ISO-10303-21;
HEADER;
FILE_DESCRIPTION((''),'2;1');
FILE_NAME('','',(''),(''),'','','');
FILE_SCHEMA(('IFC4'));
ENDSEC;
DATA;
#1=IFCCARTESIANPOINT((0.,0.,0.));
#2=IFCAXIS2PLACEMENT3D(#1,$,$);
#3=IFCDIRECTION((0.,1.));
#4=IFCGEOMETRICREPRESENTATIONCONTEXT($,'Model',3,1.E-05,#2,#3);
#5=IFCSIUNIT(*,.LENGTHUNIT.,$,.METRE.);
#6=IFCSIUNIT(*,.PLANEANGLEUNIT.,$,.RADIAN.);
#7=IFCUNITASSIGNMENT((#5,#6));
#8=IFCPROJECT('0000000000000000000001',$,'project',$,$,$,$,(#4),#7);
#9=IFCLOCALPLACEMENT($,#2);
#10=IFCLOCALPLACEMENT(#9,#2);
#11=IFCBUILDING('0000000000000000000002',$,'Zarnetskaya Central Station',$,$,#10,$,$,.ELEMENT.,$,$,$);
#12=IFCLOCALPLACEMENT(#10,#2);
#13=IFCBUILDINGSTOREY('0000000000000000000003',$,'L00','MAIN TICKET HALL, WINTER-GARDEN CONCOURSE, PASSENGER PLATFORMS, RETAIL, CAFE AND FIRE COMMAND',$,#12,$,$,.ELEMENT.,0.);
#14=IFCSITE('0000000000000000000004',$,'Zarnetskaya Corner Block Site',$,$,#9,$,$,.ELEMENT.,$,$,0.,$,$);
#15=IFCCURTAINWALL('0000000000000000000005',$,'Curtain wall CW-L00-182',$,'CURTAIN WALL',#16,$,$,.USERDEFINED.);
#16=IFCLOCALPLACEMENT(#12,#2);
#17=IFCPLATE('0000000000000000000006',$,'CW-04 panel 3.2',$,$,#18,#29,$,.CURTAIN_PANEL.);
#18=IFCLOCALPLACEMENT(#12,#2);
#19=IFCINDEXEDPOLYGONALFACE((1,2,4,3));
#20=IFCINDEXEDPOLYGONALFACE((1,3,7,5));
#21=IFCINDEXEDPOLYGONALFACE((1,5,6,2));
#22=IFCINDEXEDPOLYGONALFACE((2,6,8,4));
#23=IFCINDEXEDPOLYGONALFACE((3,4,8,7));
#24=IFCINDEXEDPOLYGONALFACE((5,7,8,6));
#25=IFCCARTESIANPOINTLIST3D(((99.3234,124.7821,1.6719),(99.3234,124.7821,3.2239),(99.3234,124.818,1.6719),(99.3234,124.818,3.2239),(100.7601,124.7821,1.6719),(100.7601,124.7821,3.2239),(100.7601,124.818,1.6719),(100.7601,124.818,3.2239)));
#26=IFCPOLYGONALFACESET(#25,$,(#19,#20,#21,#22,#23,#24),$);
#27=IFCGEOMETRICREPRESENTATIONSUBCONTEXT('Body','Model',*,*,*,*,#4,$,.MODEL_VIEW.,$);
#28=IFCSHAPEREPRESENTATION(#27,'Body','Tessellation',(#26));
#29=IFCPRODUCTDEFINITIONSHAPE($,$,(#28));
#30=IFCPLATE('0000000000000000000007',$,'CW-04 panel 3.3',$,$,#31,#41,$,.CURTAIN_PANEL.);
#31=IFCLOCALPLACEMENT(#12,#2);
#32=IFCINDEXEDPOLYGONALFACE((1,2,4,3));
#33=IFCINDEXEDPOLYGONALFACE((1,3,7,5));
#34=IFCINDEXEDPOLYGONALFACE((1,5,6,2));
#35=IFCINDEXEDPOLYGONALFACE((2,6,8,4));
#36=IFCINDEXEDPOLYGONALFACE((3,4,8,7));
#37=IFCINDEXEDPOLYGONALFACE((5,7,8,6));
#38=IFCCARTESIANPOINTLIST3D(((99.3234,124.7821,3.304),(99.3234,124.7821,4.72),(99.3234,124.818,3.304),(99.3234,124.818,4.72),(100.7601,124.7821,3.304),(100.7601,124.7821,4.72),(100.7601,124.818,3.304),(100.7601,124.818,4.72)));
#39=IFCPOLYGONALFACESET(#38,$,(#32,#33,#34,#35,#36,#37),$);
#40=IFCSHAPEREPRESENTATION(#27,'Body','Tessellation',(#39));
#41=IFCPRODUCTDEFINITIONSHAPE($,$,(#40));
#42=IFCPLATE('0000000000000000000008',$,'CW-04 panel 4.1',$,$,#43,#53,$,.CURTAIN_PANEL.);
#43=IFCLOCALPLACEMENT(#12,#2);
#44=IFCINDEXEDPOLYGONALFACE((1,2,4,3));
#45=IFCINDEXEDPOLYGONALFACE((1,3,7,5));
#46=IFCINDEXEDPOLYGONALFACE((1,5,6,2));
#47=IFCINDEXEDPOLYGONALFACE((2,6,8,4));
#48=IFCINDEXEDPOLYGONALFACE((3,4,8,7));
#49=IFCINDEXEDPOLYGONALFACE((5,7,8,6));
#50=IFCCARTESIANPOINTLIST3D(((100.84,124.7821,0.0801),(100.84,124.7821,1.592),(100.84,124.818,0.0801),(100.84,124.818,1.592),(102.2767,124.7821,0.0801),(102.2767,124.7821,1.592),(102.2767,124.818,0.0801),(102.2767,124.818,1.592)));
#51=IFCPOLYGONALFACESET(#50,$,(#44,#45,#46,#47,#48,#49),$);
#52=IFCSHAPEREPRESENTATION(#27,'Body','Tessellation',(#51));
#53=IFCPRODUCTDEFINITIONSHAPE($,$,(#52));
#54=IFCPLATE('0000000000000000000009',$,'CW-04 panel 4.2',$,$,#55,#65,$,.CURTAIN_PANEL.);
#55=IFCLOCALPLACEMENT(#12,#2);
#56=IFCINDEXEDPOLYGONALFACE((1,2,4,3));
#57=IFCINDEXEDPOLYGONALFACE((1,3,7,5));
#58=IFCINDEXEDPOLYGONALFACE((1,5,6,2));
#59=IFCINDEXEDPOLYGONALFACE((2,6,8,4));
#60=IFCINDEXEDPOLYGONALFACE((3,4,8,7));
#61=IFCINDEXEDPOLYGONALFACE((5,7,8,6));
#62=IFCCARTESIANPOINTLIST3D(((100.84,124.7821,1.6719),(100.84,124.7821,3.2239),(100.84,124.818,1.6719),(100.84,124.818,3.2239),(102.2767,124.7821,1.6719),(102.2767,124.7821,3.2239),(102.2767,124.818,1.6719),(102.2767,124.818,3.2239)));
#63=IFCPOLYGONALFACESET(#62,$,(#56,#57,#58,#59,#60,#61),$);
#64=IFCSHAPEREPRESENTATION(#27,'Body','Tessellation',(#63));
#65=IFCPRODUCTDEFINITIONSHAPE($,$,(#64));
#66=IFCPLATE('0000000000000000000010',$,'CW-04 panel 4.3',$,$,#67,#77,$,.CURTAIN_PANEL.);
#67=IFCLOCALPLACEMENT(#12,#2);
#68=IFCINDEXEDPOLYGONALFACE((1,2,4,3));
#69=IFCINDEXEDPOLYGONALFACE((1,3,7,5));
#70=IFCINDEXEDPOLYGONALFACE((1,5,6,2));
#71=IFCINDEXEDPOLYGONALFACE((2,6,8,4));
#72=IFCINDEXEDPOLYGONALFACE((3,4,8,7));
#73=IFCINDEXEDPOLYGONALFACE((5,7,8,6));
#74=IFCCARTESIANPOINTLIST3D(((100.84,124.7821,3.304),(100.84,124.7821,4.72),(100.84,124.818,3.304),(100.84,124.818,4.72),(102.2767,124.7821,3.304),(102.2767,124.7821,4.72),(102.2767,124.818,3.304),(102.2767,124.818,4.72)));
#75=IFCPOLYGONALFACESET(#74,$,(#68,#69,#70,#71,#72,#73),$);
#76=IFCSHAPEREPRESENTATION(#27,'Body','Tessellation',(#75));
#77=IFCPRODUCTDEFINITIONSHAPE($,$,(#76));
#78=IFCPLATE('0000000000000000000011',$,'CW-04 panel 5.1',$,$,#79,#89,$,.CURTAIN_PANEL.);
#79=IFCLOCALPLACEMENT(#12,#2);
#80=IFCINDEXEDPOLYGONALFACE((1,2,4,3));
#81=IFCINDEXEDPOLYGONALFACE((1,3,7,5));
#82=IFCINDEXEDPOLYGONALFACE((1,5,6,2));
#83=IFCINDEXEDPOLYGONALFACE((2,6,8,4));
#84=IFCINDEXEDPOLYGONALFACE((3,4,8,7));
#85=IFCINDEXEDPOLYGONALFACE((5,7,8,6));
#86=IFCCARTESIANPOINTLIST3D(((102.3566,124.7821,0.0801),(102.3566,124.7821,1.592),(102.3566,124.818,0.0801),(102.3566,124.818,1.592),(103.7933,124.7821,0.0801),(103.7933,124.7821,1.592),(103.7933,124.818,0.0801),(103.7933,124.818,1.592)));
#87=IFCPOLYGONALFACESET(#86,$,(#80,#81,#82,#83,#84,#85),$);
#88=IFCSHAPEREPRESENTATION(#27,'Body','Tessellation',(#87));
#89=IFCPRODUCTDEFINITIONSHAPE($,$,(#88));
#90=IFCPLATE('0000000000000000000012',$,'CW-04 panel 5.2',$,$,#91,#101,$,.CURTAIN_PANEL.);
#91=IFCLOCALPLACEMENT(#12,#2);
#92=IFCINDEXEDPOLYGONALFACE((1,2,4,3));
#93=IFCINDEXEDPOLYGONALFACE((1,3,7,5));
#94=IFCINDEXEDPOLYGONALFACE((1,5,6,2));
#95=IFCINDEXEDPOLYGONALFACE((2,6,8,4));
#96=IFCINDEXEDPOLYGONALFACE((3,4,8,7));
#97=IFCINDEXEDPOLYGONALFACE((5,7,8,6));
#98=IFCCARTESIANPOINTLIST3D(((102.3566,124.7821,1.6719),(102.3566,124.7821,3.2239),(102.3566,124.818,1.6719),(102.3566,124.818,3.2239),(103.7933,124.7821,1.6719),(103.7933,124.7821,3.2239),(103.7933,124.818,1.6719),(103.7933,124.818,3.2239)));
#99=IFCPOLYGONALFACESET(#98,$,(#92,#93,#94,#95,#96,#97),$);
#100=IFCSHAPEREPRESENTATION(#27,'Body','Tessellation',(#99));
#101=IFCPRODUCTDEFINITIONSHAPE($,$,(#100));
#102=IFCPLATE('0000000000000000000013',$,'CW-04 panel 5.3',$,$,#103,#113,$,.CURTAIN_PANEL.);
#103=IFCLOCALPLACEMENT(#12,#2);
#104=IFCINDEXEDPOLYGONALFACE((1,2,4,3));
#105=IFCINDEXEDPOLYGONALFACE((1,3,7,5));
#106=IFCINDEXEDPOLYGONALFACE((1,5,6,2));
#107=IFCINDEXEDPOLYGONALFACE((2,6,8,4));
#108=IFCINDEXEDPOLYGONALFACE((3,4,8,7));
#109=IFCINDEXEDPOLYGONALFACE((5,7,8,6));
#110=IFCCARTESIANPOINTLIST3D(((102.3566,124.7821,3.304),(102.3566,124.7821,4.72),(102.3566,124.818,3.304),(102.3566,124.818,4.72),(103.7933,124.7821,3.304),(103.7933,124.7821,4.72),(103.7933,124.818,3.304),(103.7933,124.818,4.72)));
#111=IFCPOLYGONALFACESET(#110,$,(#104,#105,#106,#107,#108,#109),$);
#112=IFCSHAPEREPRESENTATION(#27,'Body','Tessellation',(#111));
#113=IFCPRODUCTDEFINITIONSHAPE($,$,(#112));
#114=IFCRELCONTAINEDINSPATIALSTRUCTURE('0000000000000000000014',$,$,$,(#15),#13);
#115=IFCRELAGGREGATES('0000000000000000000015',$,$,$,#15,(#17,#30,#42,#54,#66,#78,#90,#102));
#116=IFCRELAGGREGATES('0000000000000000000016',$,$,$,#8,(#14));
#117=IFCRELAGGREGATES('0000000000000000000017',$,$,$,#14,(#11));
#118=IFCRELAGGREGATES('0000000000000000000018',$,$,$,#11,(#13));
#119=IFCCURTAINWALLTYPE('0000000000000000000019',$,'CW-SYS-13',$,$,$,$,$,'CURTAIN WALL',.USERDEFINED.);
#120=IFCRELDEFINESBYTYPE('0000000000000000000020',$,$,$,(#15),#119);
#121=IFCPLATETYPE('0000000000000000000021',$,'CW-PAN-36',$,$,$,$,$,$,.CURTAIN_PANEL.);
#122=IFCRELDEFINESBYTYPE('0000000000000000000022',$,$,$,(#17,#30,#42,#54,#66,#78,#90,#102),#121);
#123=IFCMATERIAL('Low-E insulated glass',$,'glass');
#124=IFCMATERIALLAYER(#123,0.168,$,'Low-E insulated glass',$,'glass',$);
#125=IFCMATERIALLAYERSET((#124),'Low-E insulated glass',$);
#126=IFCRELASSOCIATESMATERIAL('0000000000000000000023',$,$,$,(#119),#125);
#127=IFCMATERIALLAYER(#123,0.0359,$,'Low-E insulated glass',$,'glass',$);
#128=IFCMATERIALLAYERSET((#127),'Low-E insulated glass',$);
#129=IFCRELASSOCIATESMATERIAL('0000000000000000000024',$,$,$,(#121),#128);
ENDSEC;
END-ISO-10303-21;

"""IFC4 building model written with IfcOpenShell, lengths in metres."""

from ifc_helpers import new_model, si_unit, direction, frame, origin, origin_2d, place, context, subcontext, project, spatial, rectangle, extrude, material, layer, layer_set, type_object, element, aggregate, save


model = new_model("IFC4")

# Units and contexts
model_context = context("Model", 3, precision=1e-05, world=origin(), true_north=direction((0.0, 1.0)))
body_context = subcontext(model_context, "Body", "Model", "MODEL_VIEW")
ifc_project = project(units=[si_unit("LENGTHUNIT", "METRE"), si_unit("PLANEANGLEUNIT", "RADIAN")], contexts=[model_context])

# Site, building, storey
site_placement = place(None, origin())
site = spatial("IfcSite", under=ifc_project, at=site_placement, Name="Zarnetskaya Corner Block Site", CompositionType="ELEMENT", RefElevation=0.0)
building_placement = place(site_placement, origin())
building = spatial("IfcBuilding", under=site, at=building_placement, Name="Zarnetskaya Central Station", CompositionType="ELEMENT")
storey_placement = place(building_placement, origin())
storey = spatial("IfcBuildingStorey", under=building, at=storey_placement, Name="L00", Description="MAIN TICKET HALL, WINTER-GARDEN CONCOURSE, PASSENGER PLATFORMS, RETAIL, CAFE AND FIRE COMMAND", CompositionType="ELEMENT", Elevation=0.0)

# Curtain wall, plates
ifc_material_1 = material(Name="Low-E insulated glass", Category="glass")
ifc_layer_1 = layer(ifc_material_1, 0.168, Name="Low-E insulated glass", Category="glass")
ifc_layer_set_1 = layer_set([ifc_layer_1], Name="Low-E insulated glass")
curtain_wall_type = type_object("IfcCurtainWallType", Name="CW-SYS-13", ElementType="CURTAIN WALL", PredefinedType="USERDEFINED", material=ifc_layer_set_1)
curtain_wall_placement = place(storey_placement, origin())
curtain_wall = element("IfcCurtainWall", 1, at=curtain_wall_placement, inside=storey, type_object=curtain_wall_type, Name="Curtain wall CW-L00-182", ObjectType="CURTAIN WALL", PredefinedType="USERDEFINED")
ifc_layer_2 = layer(ifc_material_1, 0.0359, Name="Low-E insulated glass", Category="glass")
ifc_layer_set_2 = layer_set([ifc_layer_2], Name="Low-E insulated glass")
plate_type = type_object("IfcPlateType", Name="CW-PAN-36", PredefinedType="CURTAIN_PANEL", material=ifc_layer_set_2)
plate_1_placement = place(storey_placement, frame((100.0417, 124.8, 1.6719), z_axis=(0.0, 0.0, 1.0), x_axis=(1.0, 0.0, 0.0)))
plate_1 = element("IfcPlate", 2, at=plate_1_placement, type_object=plate_type, Name="CW-04 panel 3.2", PredefinedType="CURTAIN_PANEL", context=body_context, shape_type="SweptSolid", body=[
    extrude(rectangle(XDim=1.4368, YDim=0.0359, at=origin_2d()), origin(), (0.0, 0.0, 1.0), 1.552),
])
plate_2_placement = place(storey_placement, frame((100.0417, 124.8, 3.304), z_axis=(0.0, 0.0, 1.0), x_axis=(1.0, 0.0, 0.0)))
plate_2 = element("IfcPlate", 3, at=plate_2_placement, type_object=plate_type, Name="CW-04 panel 3.3", PredefinedType="CURTAIN_PANEL", context=body_context, shape_type="SweptSolid", body=[
    extrude(rectangle(XDim=1.4368, YDim=0.0359, at=origin_2d()), origin(), (0.0, 0.0, 1.0), 1.416),
])
plate_3_placement = place(storey_placement, frame((101.5583, 124.8, 0.0801), z_axis=(0.0, 0.0, 1.0), x_axis=(1.0, 0.0, 0.0)))
plate_3 = element("IfcPlate", 4, at=plate_3_placement, type_object=plate_type, Name="CW-04 panel 4.1", PredefinedType="CURTAIN_PANEL", context=body_context, shape_type="SweptSolid", body=[
    extrude(rectangle(XDim=1.4368, YDim=0.0359, at=origin_2d()), origin(), (0.0, 0.0, 1.0), 1.512),
])
plate_4_placement = place(storey_placement, frame((101.5583, 124.8, 1.6719), z_axis=(0.0, 0.0, 1.0), x_axis=(1.0, 0.0, 0.0)))
plate_4 = element("IfcPlate", 5, at=plate_4_placement, type_object=plate_type, Name="CW-04 panel 4.2", PredefinedType="CURTAIN_PANEL", context=body_context, shape_type="SweptSolid", body=[
    extrude(rectangle(XDim=1.4368, YDim=0.0359, at=origin_2d()), origin(), (0.0, 0.0, 1.0), 1.552),
])
plate_5_placement = place(storey_placement, frame((101.5583, 124.8, 3.304), z_axis=(0.0, 0.0, 1.0), x_axis=(1.0, 0.0, 0.0)))
plate_5 = element("IfcPlate", 6, at=plate_5_placement, type_object=plate_type, Name="CW-04 panel 4.3", PredefinedType="CURTAIN_PANEL", context=body_context, shape_type="SweptSolid", body=[
    extrude(rectangle(XDim=1.4368, YDim=0.0359, at=origin_2d()), origin(), (0.0, 0.0, 1.0), 1.416),
])
plate_6_placement = place(storey_placement, frame((103.075, 124.8, 0.0801), z_axis=(0.0, 0.0, 1.0), x_axis=(1.0, 0.0, 0.0)))
plate_6 = element("IfcPlate", 7, at=plate_6_placement, type_object=plate_type, Name="CW-04 panel 5.1", PredefinedType="CURTAIN_PANEL", context=body_context, shape_type="SweptSolid", body=[
    extrude(rectangle(XDim=1.4368, YDim=0.0359, at=origin_2d()), origin(), (0.0, 0.0, 1.0), 1.512),
])
plate_7_placement = place(storey_placement, frame((103.075, 124.8, 1.6719), z_axis=(0.0, 0.0, 1.0), x_axis=(1.0, 0.0, 0.0)))
plate_7 = element("IfcPlate", 8, at=plate_7_placement, type_object=plate_type, Name="CW-04 panel 5.2", PredefinedType="CURTAIN_PANEL", context=body_context, shape_type="SweptSolid", body=[
    extrude(rectangle(XDim=1.4368, YDim=0.0359, at=origin_2d()), origin(), (0.0, 0.0, 1.0), 1.552),
])
plate_8_placement = place(storey_placement, frame((103.075, 124.8, 3.304), z_axis=(0.0, 0.0, 1.0), x_axis=(1.0, 0.0, 0.0)))
plate_8 = element("IfcPlate", 9, at=plate_8_placement, type_object=plate_type, Name="CW-04 panel 5.3", PredefinedType="CURTAIN_PANEL", context=body_context, shape_type="SweptSolid", body=[
    extrude(rectangle(XDim=1.4368, YDim=0.0359, at=origin_2d()), origin(), (0.0, 0.0, 1.0), 1.416),
])
aggregate(curtain_wall, [plate_1, plate_2, plate_3, plate_4, plate_5, plate_6, plate_7, plate_8])

save(model, "model.ifc")
